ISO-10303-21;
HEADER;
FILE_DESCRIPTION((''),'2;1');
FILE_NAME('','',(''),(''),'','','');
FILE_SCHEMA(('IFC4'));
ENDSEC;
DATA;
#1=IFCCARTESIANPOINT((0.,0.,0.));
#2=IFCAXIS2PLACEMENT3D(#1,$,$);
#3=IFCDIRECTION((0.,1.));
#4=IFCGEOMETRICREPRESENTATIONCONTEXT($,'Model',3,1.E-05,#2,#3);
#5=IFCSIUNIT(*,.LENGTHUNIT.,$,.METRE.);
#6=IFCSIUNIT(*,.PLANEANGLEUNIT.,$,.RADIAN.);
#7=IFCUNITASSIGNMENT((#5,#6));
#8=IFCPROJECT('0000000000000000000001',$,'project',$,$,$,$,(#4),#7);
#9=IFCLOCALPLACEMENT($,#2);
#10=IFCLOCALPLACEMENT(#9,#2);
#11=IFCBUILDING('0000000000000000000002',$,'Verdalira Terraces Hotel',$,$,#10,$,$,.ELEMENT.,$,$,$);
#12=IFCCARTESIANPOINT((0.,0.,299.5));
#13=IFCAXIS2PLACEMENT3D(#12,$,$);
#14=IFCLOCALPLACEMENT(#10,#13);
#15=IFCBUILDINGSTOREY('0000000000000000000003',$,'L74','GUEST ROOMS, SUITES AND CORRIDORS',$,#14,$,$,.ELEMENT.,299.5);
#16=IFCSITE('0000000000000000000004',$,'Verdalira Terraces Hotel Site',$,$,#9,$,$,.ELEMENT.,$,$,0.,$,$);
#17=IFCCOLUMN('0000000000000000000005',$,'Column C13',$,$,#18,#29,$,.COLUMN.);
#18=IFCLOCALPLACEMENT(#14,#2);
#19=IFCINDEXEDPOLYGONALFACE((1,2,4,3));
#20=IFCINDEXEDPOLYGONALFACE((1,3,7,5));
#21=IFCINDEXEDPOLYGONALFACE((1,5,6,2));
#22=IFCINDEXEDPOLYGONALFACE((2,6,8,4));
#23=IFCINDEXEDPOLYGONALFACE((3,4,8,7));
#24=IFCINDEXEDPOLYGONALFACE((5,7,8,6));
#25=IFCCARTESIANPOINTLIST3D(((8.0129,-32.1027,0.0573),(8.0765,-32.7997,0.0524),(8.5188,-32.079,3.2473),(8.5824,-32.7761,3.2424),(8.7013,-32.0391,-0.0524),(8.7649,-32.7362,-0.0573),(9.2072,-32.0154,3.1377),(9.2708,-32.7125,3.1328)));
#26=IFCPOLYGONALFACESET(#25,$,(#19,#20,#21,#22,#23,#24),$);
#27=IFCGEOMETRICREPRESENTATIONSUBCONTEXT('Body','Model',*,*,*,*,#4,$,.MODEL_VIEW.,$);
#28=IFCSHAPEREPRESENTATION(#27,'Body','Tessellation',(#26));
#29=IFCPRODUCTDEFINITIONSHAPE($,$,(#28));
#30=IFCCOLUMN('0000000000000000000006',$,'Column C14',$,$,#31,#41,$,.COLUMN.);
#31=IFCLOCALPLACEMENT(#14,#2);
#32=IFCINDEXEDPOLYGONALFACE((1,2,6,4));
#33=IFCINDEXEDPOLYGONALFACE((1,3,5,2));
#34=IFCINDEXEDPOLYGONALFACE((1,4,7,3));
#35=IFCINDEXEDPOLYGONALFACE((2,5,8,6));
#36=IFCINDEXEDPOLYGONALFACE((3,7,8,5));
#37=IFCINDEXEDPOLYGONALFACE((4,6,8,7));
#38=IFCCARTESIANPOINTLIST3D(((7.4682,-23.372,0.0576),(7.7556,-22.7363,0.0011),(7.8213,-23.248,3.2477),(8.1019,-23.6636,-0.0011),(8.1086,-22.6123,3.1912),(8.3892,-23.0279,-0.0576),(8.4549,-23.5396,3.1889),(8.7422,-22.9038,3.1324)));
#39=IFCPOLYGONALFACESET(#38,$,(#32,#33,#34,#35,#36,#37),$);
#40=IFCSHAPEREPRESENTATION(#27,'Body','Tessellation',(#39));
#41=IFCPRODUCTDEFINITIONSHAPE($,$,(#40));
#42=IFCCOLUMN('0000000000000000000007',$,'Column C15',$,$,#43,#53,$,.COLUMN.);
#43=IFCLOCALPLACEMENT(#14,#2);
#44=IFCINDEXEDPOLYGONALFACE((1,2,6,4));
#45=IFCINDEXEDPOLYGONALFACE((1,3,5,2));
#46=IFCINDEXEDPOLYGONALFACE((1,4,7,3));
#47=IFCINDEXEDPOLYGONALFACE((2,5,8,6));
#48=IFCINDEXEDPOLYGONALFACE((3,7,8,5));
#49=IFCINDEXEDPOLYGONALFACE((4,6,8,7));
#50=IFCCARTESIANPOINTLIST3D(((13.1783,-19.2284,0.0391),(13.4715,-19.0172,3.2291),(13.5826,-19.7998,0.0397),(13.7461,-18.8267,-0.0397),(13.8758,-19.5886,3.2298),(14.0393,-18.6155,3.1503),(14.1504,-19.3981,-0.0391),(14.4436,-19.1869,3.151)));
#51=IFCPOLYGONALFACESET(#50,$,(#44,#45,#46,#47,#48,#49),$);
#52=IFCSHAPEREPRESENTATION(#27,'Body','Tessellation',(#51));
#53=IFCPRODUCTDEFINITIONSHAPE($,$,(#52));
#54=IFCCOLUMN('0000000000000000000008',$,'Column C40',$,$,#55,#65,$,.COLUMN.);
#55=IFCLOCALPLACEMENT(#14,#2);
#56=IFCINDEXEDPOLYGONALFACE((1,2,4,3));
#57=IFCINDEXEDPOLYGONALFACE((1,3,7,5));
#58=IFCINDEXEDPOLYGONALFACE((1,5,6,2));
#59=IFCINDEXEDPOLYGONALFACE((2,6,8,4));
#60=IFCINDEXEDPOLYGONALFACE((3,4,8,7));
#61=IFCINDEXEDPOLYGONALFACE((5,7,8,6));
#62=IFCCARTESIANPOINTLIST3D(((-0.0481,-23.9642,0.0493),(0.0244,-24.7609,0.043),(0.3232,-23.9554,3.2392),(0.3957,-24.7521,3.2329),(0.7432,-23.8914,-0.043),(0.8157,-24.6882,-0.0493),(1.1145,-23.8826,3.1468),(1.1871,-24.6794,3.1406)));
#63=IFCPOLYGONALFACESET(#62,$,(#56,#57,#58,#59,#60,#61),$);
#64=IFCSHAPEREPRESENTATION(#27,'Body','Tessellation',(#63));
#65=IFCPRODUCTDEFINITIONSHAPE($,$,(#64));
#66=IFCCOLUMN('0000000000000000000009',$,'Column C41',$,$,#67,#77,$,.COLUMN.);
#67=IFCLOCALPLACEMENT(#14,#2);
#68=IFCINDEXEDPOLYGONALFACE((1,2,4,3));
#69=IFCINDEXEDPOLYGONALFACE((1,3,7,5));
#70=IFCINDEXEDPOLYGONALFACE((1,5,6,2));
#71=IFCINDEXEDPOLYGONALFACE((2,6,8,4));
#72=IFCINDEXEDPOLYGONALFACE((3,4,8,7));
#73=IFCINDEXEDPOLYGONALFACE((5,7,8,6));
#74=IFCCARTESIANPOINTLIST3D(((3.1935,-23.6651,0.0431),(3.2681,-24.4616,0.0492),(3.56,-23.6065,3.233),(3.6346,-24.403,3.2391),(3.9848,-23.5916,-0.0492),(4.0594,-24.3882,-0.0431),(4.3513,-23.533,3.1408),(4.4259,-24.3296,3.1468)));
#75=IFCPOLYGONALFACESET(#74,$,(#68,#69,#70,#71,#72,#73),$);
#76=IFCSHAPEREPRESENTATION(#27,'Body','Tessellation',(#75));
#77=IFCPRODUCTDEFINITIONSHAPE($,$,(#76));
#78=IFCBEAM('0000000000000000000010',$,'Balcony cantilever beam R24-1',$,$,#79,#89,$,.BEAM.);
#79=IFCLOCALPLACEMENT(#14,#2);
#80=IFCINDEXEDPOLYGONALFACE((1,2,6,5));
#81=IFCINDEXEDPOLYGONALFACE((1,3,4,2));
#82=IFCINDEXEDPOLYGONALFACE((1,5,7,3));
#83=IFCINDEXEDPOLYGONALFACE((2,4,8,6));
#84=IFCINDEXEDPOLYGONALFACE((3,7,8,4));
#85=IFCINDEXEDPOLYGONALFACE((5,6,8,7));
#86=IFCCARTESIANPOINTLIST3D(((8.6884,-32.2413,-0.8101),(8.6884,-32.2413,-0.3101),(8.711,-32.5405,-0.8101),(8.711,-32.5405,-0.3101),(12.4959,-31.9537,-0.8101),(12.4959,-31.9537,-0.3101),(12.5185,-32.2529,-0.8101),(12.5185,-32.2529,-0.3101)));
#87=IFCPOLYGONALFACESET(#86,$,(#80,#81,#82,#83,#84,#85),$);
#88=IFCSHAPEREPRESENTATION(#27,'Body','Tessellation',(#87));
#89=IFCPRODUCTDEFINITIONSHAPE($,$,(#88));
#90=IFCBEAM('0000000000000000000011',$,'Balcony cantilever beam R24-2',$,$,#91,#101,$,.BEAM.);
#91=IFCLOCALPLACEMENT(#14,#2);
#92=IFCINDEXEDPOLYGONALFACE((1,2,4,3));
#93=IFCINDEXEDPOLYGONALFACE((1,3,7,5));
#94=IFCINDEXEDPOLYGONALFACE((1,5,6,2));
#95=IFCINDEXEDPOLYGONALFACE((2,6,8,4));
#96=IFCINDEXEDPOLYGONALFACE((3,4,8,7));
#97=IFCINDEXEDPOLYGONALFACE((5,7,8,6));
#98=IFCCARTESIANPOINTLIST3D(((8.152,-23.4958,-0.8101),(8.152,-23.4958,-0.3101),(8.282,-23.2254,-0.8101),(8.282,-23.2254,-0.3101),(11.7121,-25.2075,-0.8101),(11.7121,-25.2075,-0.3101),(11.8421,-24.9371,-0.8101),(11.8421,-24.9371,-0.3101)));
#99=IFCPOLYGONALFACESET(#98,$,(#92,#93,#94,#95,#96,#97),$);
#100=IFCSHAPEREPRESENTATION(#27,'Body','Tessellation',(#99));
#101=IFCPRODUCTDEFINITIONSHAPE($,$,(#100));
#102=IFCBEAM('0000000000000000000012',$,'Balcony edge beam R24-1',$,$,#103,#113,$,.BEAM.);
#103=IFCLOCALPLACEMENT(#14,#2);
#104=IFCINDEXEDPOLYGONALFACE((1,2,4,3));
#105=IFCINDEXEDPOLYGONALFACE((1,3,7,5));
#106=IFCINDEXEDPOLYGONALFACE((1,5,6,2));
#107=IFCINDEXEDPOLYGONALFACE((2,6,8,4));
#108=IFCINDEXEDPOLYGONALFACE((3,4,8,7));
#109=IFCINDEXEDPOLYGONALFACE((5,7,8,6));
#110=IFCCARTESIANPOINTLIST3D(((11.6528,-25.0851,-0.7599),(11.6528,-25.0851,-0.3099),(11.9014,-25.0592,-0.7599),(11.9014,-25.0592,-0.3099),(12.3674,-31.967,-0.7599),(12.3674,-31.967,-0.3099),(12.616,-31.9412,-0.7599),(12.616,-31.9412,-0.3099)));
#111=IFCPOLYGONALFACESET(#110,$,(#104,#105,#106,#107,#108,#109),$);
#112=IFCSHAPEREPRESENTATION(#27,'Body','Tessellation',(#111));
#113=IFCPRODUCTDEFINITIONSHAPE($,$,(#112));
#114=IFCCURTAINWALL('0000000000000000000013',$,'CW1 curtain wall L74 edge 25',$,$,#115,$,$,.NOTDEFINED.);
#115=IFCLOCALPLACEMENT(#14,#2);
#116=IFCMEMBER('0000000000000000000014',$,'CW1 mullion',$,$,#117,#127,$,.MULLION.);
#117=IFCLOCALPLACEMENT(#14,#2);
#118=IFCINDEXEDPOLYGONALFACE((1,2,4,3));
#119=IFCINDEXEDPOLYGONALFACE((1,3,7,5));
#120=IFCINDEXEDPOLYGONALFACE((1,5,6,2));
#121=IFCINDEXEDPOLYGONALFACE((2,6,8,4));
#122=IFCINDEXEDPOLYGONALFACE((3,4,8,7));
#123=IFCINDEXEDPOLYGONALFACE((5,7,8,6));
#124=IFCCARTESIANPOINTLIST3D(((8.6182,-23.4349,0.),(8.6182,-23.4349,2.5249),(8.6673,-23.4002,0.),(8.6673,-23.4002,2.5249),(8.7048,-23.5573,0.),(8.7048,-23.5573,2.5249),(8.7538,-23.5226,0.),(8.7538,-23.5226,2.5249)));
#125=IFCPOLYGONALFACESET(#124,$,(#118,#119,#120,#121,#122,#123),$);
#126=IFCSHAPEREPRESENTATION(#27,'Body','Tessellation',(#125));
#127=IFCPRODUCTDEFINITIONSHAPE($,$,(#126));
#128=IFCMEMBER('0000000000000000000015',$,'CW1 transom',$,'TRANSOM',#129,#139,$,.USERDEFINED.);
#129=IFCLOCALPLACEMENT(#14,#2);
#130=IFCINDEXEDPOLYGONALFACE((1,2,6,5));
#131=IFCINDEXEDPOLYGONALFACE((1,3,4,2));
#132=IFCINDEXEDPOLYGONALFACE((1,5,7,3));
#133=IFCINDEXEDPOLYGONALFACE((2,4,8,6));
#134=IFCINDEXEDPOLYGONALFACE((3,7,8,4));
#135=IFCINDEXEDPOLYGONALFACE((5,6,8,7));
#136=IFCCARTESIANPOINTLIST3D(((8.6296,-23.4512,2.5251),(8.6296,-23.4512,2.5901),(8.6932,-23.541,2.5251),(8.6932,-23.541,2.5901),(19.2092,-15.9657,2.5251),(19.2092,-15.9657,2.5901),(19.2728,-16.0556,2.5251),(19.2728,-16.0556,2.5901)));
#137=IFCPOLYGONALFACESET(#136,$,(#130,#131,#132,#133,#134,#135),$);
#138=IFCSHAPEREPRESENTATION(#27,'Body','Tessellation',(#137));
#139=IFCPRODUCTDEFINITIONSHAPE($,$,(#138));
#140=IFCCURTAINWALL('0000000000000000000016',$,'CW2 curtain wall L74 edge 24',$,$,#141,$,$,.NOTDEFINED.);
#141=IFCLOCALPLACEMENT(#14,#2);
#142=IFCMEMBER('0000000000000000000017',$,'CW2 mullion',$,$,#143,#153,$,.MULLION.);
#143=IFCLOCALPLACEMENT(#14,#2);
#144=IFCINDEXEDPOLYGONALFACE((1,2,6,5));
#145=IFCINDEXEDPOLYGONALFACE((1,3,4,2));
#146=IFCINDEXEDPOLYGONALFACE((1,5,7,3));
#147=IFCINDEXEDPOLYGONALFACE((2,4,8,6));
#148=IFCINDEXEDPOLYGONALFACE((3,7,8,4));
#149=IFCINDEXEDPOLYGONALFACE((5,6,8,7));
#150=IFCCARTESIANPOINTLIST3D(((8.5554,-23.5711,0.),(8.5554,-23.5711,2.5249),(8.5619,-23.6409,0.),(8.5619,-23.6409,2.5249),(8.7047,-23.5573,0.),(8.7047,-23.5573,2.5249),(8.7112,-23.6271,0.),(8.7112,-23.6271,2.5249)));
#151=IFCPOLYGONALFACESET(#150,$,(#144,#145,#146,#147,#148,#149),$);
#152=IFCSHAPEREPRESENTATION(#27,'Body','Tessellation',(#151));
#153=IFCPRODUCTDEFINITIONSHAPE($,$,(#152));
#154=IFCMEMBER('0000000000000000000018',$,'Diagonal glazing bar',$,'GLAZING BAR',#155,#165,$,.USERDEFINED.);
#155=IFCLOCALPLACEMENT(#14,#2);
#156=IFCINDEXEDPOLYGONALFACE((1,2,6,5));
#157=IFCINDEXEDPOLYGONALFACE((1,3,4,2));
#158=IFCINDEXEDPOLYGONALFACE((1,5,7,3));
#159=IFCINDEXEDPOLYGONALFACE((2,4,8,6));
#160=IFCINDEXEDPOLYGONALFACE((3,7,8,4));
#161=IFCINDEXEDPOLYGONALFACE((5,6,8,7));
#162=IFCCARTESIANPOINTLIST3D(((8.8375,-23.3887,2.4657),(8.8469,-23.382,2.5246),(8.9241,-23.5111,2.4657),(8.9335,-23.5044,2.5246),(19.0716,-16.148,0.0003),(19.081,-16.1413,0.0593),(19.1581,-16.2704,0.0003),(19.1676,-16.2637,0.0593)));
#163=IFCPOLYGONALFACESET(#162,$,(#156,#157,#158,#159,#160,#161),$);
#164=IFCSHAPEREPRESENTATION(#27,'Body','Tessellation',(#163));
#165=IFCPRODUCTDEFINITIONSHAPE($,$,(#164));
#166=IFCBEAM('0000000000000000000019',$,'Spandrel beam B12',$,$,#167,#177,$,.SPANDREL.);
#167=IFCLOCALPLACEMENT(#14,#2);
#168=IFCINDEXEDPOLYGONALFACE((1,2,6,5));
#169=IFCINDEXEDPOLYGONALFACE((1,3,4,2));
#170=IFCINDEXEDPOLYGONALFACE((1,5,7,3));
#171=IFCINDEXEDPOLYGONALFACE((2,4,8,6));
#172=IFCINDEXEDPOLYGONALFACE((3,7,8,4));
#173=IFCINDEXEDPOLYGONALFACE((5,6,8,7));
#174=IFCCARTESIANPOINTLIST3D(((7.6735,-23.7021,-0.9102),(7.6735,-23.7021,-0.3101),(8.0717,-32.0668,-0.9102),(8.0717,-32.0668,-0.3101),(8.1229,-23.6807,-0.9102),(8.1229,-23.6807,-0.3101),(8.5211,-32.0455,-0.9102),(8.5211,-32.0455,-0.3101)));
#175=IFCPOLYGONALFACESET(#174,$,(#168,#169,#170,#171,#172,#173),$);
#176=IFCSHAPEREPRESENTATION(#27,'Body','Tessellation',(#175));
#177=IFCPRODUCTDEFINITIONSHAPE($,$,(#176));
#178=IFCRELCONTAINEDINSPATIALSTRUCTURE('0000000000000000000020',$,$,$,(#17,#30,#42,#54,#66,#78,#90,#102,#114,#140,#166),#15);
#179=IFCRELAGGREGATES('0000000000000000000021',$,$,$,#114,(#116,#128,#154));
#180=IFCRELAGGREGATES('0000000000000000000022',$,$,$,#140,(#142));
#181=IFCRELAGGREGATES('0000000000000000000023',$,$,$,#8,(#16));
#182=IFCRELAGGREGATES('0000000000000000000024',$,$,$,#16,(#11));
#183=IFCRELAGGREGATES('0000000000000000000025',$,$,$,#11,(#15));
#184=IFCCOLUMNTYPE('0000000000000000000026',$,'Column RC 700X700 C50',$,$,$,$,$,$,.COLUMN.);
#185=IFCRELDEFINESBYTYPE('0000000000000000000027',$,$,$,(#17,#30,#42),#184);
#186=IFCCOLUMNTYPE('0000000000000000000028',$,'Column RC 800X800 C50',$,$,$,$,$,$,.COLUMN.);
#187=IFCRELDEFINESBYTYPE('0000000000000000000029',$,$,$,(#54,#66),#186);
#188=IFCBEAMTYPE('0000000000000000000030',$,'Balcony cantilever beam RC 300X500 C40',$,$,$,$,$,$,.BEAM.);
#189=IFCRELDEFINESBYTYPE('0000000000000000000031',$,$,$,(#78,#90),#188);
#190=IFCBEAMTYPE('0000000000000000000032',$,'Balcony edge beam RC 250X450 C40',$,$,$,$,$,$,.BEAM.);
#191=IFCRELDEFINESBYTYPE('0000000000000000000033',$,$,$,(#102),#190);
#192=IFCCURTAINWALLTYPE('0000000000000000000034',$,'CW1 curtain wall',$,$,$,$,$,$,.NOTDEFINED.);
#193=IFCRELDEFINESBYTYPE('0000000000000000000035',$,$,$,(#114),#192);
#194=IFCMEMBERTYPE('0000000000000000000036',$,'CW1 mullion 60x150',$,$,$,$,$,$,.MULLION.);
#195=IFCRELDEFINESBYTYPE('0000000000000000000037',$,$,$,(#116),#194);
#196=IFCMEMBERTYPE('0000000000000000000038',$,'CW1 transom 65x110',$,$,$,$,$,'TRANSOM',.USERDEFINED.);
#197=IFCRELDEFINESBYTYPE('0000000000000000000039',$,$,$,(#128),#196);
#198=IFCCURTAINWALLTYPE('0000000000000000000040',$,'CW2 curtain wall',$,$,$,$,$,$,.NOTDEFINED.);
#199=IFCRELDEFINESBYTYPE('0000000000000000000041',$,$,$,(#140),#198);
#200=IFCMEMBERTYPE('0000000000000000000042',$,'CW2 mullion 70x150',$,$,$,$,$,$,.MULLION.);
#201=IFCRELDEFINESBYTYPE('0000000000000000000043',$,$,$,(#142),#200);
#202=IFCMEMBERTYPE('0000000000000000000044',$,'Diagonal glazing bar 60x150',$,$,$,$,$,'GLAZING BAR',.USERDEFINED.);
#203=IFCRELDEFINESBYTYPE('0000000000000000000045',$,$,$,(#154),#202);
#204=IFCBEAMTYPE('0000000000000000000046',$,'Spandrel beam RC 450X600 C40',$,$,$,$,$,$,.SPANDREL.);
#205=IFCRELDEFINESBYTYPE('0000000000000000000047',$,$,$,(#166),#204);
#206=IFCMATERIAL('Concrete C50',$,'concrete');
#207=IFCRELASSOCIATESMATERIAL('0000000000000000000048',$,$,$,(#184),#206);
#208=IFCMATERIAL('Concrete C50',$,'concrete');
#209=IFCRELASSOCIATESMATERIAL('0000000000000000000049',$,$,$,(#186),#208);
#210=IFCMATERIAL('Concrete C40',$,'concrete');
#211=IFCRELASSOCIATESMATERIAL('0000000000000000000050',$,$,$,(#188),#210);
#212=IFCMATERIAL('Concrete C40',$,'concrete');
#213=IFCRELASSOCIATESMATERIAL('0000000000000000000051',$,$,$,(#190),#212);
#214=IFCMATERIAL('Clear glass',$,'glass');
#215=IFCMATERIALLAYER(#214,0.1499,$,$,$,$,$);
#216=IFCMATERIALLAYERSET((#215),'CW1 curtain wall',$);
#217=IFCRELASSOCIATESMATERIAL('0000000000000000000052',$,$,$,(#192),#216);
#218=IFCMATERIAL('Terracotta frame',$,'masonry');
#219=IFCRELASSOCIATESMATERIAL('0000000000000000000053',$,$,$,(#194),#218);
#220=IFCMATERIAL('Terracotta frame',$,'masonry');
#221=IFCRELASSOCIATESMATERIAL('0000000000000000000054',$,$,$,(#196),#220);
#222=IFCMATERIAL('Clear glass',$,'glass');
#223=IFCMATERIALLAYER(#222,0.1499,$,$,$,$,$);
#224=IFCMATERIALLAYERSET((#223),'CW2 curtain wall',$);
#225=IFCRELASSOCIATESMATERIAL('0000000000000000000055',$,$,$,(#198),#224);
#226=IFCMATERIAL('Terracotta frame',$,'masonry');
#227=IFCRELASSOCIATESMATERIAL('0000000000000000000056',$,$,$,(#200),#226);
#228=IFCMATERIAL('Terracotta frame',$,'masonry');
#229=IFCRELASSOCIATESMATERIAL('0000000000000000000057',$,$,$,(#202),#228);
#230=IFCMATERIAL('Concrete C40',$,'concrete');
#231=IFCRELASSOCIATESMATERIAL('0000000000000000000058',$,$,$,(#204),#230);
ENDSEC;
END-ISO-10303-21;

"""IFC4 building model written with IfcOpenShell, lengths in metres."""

from ifc_helpers import new_model, si_unit, direction, frame, origin, origin_2d, place, context, subcontext, project, spatial, rectangle, extrude, material, layer, layer_set, material_profile, profile_set, type_object, element, aggregate, save


model = new_model("IFC4")

# Units and contexts
model_context = context("Model", 3, precision=1e-05, world=origin(), true_north=direction((0.0, 1.0)))
body_context = subcontext(model_context, "Body", "Model", "MODEL_VIEW")
ifc_project = project(units=[si_unit("LENGTHUNIT", "METRE"), si_unit("PLANEANGLEUNIT", "RADIAN")], contexts=[model_context])

# Site, building, storey
site_placement = place(None, origin())
site = spatial("IfcSite", under=ifc_project, at=site_placement, Name="Verdalira Terraces Hotel Site", CompositionType="ELEMENT", RefElevation=0.0)
building_placement = place(site_placement, origin())
building = spatial("IfcBuilding", under=site, at=building_placement, Name="Verdalira Terraces Hotel", CompositionType="ELEMENT")
storey_placement = place(building_placement, frame((0.0, 0.0, 299.5)))
storey = spatial("IfcBuildingStorey", under=building, at=storey_placement, Name="L74", Description="GUEST ROOMS, SUITES AND CORRIDORS", CompositionType="ELEMENT", Elevation=299.5)

# Columns
ifc_material_1 = material(Name="Concrete C50", Category="concrete")
ifc_material_profile_1 = material_profile(ifc_material_1, rectangle(XDim=0.7, YDim=0.7, at=origin_2d()), Name="RC 700X700")
ifc_profile_set_1 = profile_set([ifc_material_profile_1], Name="Concrete C50")
column_type_1 = type_object("IfcColumnType", Name="Column RC 700X700 C50", PredefinedType="COLUMN", material=ifc_profile_set_1)
column_1_placement = place(storey_placement, frame((8.3889, -32.4194, 0.0), z_axis=(0.156618, 0.007332, 0.987632), x_axis=(-0.090862, 0.995839, 0.007016)))
element("IfcColumn", 1, at=column_1_placement, inside=storey, type_object=column_type_1, Name="Column C13", PredefinedType="COLUMN", context=body_context, shape_type="SweptSolid", body=[
    extrude(rectangle(XDim=0.7, YDim=0.7, at=origin_2d()), origin(), (0.0, 0.0, 1.0), 3.23),
])
column_2_placement = place(storey_placement, frame((7.9287, -23.2, 0.0), z_axis=(0.109915, 0.038615, 0.993191), x_axis=(-0.410478, -0.908289, 0.080741)))
element("IfcColumn", 2, at=column_2_placement, inside=storey, type_object=column_type_1, Name="Column C14", PredefinedType="COLUMN", context=body_context, shape_type="SweptSolid", body=[
    extrude(rectangle(XDim=0.7, YDim=0.7, at=origin_2d()), origin(), (0.0, 0.0, 1.0), 3.2119),
])
column_3_placement = place(storey_placement, frame((13.6643, -19.3132, 0.0), z_axis=(0.091334, 0.065782, 0.993645), x_axis=(0.811187, 0.573853, -0.112553)))
element("IfcColumn", 3, at=column_3_placement, inside=storey, type_object=column_type_1, Name="Column C15", PredefinedType="COLUMN", context=body_context, shape_type="SweptSolid", body=[
    extrude(rectangle(XDim=0.7, YDim=0.7, at=origin_2d()), origin(), (0.0, 0.0, 1.0), 3.2104),
])
ifc_material_2 = material(Name="Concrete C50", Category="concrete")
ifc_material_profile_2 = material_profile(ifc_material_2, rectangle(XDim=0.8, YDim=0.8, at=origin_2d()), Name="RC 800X800")
ifc_profile_set_2 = profile_set([ifc_material_profile_2], Name="Concrete C50")
column_type_2 = type_object("IfcColumnType", Name="Column RC 800X800 C50", PredefinedType="COLUMN", material=ifc_profile_set_2)
for number, where, z_axis, x_axis, name in (
    (4, (0.3838, -24.3262, 0.0), (0.115628, 0.002737, 0.993289), (0.090631, -0.995854, -0.007806), "Column C40"),
    (5, (3.6265, -24.0266, 0.0), (0.114109, 0.018245, 0.993301), (0.093267, -0.995612, 0.007573), "Column C41"),
):
    element("IfcColumn", number, at=place(storey_placement, frame(where, z_axis=z_axis, x_axis=x_axis)), inside=storey, type_object=column_type_2, Name=name, PredefinedType="COLUMN", context=body_context, shape_type="SweptSolid", body=[
        extrude(rectangle(XDim=0.8, YDim=0.8, at=origin_2d()), origin(), (0.0, 0.0, 1.0), 3.2114),
    ])

# Beams
ifc_material_3 = material(Name="Concrete C40", Category="concrete")
ifc_material_profile_3 = material_profile(ifc_material_3, rectangle(XDim=0.3, YDim=0.5, at=origin_2d()), Name="RC 300X500")
ifc_profile_set_3 = profile_set([ifc_material_profile_3], Name="Concrete C40")
beam_type_1 = type_object("IfcBeamType", Name="Balcony cantilever beam RC 300X500 C40", PredefinedType="BEAM", material=ifc_profile_set_3)
beam_1_placement = place(storey_placement, frame((8.6997, -32.3909, -0.5601), z_axis=(0.99716, 0.075318, 0.0), x_axis=(-0.075318, 0.99716, 0.0)))
element("IfcBeam", 6, at=beam_1_placement, inside=storey, type_object=beam_type_1, Name="Balcony cantilever beam R24-1", PredefinedType="BEAM", context=body_context, shape_type="SweptSolid", body=[
    extrude(rectangle(XDim=0.3, YDim=0.5, at=origin_2d()), origin(), (0.0, 0.0, 1.0), 3.8184),
])
beam_2_placement = place(storey_placement, frame((8.217, -23.3606, -0.5601), z_axis=(0.901242, -0.433316, 0.0), x_axis=(0.433316, 0.901242, 0.0)))
element("IfcBeam", 7, at=beam_2_placement, inside=storey, type_object=beam_type_1, Name="Balcony cantilever beam R24-2", PredefinedType="BEAM", context=body_context, shape_type="SweptSolid", body=[
    extrude(rectangle(XDim=0.3, YDim=0.5, at=origin_2d()), origin(), (0.0, 0.0, 1.0), 3.9502),
])
ifc_material_4 = material(Name="Concrete C40", Category="concrete")
ifc_material_profile_4 = material_profile(ifc_material_4, rectangle(XDim=0.25, YDim=0.45, at=origin_2d()), Name="RC 250X450")
ifc_profile_set_4 = profile_set([ifc_material_profile_4], Name="Concrete C40")
beam_type_2 = type_object("IfcBeamType", Name="Balcony edge beam RC 250X450 C40", PredefinedType="BEAM", material=ifc_profile_set_4)
beam_3_placement = place(storey_placement, frame((12.4917, -31.9541, -0.5349), z_axis=(-0.103283, 0.994652, 0.0), x_axis=(-0.994652, -0.103283, 0.0)))
element("IfcBeam", 8, at=beam_3_placement, inside=storey, type_object=beam_type_2, Name="Balcony edge beam R24-1", PredefinedType="BEAM", context=body_context, shape_type="SweptSolid", body=[
    extrude(rectangle(XDim=0.25, YDim=0.45, at=origin_2d()), origin(), (0.0, 0.0, 1.0), 6.9189),
])

# Curtain wall, members
ifc_material_5 = material(Name="Clear glass", Category="glass")
ifc_layer_1 = layer(ifc_material_5, 0.1499)
ifc_layer_set_1 = layer_set([ifc_layer_1], Name="CW1 curtain wall")
curtain_wall_type_1 = type_object("IfcCurtainWallType", Name="CW1 curtain wall", PredefinedType="NOTDEFINED", material=ifc_layer_set_1)
curtain_wall_1_placement = place(storey_placement, origin())
curtain_wall_1 = element("IfcCurtainWall", 9, at=curtain_wall_1_placement, inside=storey, type_object=curtain_wall_type_1, Name="CW1 curtain wall L74 edge 25", PredefinedType="NOTDEFINED")
ifc_material_6 = material(Name="Terracotta frame", Category="masonry")
ifc_material_profile_5 = material_profile(ifc_material_6, rectangle(XDim=0.0601, YDim=0.1499, at=origin_2d()), Name="MU 60x150")
ifc_profile_set_5 = profile_set([ifc_material_profile_5], Name="Terracotta frame")
member_type_1 = type_object("IfcMemberType", Name="CW1 mullion 60x150", PredefinedType="MULLION", material=ifc_profile_set_5)
member_1_placement = place(storey_placement, frame((8.686, -23.4788, 0.0), z_axis=(0.0, 0.0, 1.0), x_axis=(0.816339, 0.577573, 0.0)))
member_1 = element("IfcMember", 10, at=member_1_placement, type_object=member_type_1, Name="CW1 mullion", PredefinedType="MULLION", context=body_context, shape_type="SweptSolid", body=[
    extrude(rectangle(XDim=0.0601, YDim=0.1499, at=origin_2d()), origin(), (0.0, 0.0, 1.0), 2.5249),
])
ifc_material_7 = material(Name="Terracotta frame", Category="masonry")
ifc_material_profile_6 = material_profile(ifc_material_7, rectangle(XDim=0.1101, YDim=0.0649, at=origin_2d()), Name="TR 65x110")
ifc_profile_set_6 = profile_set([ifc_material_profile_6], Name="Terracotta frame")
member_type_2 = type_object("IfcMemberType", Name="CW1 transom 65x110", ElementType="TRANSOM", PredefinedType="USERDEFINED", material=ifc_profile_set_6)
member_2_placement = place(storey_placement, frame((8.6614, -23.4961, 2.5576), z_axis=(0.816335, 0.577579, 0.0), x_axis=(-0.577579, 0.816335, 0.0)))
member_2 = element("IfcMember", 11, at=member_2_placement, type_object=member_type_2, Name="CW1 transom", ObjectType="TRANSOM", PredefinedType="USERDEFINED", context=body_context, shape_type="SweptSolid", body=[
    extrude(rectangle(XDim=0.1101, YDim=0.0649, at=origin_2d()), origin(), (0.0, 0.0, 1.0), 12.96),
])

# Curtain wall, member
ifc_material_8 = material(Name="Clear glass", Category="glass")
ifc_layer_2 = layer(ifc_material_8, 0.1499)
ifc_layer_set_2 = layer_set([ifc_layer_2], Name="CW2 curtain wall")
curtain_wall_type_2 = type_object("IfcCurtainWallType", Name="CW2 curtain wall", PredefinedType="NOTDEFINED", material=ifc_layer_set_2)
curtain_wall_2_placement = place(storey_placement, origin())
curtain_wall_2 = element("IfcCurtainWall", 12, at=curtain_wall_2_placement, inside=storey, type_object=curtain_wall_type_2, Name="CW2 curtain wall L74 edge 24", PredefinedType="NOTDEFINED")
ifc_material_9 = material(Name="Terracotta frame", Category="masonry")
ifc_material_profile_7 = material_profile(ifc_material_9, rectangle(XDim=0.0701, YDim=0.1499, at=origin_2d()), Name="MU 70x150")
ifc_profile_set_7 = profile_set([ifc_material_profile_7], Name="Terracotta frame")
member_type_3 = type_object("IfcMemberType", Name="CW2 mullion 70x150", PredefinedType="MULLION", material=ifc_profile_set_7)
member_3_placement = place(storey_placement, frame((8.6333, -23.5991, 0.0), z_axis=(0.0, 0.0, 1.0), x_axis=(-0.092023, 0.995757, 0.0)))
member_3 = element("IfcMember", 13, at=member_3_placement, type_object=member_type_3, Name="CW2 mullion", PredefinedType="MULLION", context=body_context, shape_type="SweptSolid", body=[
    extrude(rectangle(XDim=0.0701, YDim=0.1499, at=origin_2d()), origin(), (0.0, 0.0, 1.0), 2.5249),
])

# Member
ifc_material_10 = material(Name="Terracotta frame", Category="masonry")
ifc_material_profile_8 = material_profile(ifc_material_10, rectangle(XDim=0.1499, YDim=0.0601, at=origin_2d()), Name="GB 60x150")
ifc_profile_set_8 = profile_set([ifc_material_profile_8], Name="Terracotta frame")
member_type_4 = type_object("IfcMemberType", Name="Diagonal glazing bar 60x150", ElementType="GLAZING BAR", PredefinedType="USERDEFINED", material=ifc_profile_set_8)
member_4_placement = place(storey_placement, frame((8.8855, -23.4465, 2.4951), z_axis=(0.801001, 0.566714, -0.192956), x_axis=(-0.577568, 0.816342, 0.0)))
member_4 = element("IfcMember", 14, at=member_4_placement, type_object=member_type_4, Name="Diagonal glazing bar", ObjectType="GLAZING BAR", PredefinedType="USERDEFINED", context=body_context, shape_type="SweptSolid", body=[
    extrude(rectangle(XDim=0.1499, YDim=0.0601, at=origin_2d()), origin(), (0.0, 0.0, 1.0), 12.7766),
])

# Beam
ifc_material_11 = material(Name="Concrete C40", Category="concrete")
ifc_material_profile_9 = material_profile(ifc_material_11, rectangle(XDim=0.45, YDim=0.6001, at=origin_2d()), Name="RC 450X600")
ifc_profile_set_9 = profile_set([ifc_material_profile_9], Name="Concrete C40")
beam_type_3 = type_object("IfcBeamType", Name="Spandrel beam RC 450X600 C40", PredefinedType="SPANDREL", material=ifc_profile_set_9)
beam_4_placement = place(storey_placement, frame((8.2964, -32.0562, -0.6101), z_axis=(-0.04755, 0.998869, 0.0), x_axis=(-0.998869, -0.04755, 0.0)))
element("IfcBeam", 15, at=beam_4_placement, inside=storey, type_object=beam_type_3, Name="Spandrel beam B12", PredefinedType="SPANDREL", context=body_context, shape_type="SweptSolid", body=[
    extrude(rectangle(XDim=0.45, YDim=0.6001, at=origin_2d()), origin(), (0.0, 0.0, 1.0), 8.3743),
])

aggregate(curtain_wall_1, [member_1, member_2, member_4])
aggregate(curtain_wall_2, [member_3])

save(model, "model.ifc")
